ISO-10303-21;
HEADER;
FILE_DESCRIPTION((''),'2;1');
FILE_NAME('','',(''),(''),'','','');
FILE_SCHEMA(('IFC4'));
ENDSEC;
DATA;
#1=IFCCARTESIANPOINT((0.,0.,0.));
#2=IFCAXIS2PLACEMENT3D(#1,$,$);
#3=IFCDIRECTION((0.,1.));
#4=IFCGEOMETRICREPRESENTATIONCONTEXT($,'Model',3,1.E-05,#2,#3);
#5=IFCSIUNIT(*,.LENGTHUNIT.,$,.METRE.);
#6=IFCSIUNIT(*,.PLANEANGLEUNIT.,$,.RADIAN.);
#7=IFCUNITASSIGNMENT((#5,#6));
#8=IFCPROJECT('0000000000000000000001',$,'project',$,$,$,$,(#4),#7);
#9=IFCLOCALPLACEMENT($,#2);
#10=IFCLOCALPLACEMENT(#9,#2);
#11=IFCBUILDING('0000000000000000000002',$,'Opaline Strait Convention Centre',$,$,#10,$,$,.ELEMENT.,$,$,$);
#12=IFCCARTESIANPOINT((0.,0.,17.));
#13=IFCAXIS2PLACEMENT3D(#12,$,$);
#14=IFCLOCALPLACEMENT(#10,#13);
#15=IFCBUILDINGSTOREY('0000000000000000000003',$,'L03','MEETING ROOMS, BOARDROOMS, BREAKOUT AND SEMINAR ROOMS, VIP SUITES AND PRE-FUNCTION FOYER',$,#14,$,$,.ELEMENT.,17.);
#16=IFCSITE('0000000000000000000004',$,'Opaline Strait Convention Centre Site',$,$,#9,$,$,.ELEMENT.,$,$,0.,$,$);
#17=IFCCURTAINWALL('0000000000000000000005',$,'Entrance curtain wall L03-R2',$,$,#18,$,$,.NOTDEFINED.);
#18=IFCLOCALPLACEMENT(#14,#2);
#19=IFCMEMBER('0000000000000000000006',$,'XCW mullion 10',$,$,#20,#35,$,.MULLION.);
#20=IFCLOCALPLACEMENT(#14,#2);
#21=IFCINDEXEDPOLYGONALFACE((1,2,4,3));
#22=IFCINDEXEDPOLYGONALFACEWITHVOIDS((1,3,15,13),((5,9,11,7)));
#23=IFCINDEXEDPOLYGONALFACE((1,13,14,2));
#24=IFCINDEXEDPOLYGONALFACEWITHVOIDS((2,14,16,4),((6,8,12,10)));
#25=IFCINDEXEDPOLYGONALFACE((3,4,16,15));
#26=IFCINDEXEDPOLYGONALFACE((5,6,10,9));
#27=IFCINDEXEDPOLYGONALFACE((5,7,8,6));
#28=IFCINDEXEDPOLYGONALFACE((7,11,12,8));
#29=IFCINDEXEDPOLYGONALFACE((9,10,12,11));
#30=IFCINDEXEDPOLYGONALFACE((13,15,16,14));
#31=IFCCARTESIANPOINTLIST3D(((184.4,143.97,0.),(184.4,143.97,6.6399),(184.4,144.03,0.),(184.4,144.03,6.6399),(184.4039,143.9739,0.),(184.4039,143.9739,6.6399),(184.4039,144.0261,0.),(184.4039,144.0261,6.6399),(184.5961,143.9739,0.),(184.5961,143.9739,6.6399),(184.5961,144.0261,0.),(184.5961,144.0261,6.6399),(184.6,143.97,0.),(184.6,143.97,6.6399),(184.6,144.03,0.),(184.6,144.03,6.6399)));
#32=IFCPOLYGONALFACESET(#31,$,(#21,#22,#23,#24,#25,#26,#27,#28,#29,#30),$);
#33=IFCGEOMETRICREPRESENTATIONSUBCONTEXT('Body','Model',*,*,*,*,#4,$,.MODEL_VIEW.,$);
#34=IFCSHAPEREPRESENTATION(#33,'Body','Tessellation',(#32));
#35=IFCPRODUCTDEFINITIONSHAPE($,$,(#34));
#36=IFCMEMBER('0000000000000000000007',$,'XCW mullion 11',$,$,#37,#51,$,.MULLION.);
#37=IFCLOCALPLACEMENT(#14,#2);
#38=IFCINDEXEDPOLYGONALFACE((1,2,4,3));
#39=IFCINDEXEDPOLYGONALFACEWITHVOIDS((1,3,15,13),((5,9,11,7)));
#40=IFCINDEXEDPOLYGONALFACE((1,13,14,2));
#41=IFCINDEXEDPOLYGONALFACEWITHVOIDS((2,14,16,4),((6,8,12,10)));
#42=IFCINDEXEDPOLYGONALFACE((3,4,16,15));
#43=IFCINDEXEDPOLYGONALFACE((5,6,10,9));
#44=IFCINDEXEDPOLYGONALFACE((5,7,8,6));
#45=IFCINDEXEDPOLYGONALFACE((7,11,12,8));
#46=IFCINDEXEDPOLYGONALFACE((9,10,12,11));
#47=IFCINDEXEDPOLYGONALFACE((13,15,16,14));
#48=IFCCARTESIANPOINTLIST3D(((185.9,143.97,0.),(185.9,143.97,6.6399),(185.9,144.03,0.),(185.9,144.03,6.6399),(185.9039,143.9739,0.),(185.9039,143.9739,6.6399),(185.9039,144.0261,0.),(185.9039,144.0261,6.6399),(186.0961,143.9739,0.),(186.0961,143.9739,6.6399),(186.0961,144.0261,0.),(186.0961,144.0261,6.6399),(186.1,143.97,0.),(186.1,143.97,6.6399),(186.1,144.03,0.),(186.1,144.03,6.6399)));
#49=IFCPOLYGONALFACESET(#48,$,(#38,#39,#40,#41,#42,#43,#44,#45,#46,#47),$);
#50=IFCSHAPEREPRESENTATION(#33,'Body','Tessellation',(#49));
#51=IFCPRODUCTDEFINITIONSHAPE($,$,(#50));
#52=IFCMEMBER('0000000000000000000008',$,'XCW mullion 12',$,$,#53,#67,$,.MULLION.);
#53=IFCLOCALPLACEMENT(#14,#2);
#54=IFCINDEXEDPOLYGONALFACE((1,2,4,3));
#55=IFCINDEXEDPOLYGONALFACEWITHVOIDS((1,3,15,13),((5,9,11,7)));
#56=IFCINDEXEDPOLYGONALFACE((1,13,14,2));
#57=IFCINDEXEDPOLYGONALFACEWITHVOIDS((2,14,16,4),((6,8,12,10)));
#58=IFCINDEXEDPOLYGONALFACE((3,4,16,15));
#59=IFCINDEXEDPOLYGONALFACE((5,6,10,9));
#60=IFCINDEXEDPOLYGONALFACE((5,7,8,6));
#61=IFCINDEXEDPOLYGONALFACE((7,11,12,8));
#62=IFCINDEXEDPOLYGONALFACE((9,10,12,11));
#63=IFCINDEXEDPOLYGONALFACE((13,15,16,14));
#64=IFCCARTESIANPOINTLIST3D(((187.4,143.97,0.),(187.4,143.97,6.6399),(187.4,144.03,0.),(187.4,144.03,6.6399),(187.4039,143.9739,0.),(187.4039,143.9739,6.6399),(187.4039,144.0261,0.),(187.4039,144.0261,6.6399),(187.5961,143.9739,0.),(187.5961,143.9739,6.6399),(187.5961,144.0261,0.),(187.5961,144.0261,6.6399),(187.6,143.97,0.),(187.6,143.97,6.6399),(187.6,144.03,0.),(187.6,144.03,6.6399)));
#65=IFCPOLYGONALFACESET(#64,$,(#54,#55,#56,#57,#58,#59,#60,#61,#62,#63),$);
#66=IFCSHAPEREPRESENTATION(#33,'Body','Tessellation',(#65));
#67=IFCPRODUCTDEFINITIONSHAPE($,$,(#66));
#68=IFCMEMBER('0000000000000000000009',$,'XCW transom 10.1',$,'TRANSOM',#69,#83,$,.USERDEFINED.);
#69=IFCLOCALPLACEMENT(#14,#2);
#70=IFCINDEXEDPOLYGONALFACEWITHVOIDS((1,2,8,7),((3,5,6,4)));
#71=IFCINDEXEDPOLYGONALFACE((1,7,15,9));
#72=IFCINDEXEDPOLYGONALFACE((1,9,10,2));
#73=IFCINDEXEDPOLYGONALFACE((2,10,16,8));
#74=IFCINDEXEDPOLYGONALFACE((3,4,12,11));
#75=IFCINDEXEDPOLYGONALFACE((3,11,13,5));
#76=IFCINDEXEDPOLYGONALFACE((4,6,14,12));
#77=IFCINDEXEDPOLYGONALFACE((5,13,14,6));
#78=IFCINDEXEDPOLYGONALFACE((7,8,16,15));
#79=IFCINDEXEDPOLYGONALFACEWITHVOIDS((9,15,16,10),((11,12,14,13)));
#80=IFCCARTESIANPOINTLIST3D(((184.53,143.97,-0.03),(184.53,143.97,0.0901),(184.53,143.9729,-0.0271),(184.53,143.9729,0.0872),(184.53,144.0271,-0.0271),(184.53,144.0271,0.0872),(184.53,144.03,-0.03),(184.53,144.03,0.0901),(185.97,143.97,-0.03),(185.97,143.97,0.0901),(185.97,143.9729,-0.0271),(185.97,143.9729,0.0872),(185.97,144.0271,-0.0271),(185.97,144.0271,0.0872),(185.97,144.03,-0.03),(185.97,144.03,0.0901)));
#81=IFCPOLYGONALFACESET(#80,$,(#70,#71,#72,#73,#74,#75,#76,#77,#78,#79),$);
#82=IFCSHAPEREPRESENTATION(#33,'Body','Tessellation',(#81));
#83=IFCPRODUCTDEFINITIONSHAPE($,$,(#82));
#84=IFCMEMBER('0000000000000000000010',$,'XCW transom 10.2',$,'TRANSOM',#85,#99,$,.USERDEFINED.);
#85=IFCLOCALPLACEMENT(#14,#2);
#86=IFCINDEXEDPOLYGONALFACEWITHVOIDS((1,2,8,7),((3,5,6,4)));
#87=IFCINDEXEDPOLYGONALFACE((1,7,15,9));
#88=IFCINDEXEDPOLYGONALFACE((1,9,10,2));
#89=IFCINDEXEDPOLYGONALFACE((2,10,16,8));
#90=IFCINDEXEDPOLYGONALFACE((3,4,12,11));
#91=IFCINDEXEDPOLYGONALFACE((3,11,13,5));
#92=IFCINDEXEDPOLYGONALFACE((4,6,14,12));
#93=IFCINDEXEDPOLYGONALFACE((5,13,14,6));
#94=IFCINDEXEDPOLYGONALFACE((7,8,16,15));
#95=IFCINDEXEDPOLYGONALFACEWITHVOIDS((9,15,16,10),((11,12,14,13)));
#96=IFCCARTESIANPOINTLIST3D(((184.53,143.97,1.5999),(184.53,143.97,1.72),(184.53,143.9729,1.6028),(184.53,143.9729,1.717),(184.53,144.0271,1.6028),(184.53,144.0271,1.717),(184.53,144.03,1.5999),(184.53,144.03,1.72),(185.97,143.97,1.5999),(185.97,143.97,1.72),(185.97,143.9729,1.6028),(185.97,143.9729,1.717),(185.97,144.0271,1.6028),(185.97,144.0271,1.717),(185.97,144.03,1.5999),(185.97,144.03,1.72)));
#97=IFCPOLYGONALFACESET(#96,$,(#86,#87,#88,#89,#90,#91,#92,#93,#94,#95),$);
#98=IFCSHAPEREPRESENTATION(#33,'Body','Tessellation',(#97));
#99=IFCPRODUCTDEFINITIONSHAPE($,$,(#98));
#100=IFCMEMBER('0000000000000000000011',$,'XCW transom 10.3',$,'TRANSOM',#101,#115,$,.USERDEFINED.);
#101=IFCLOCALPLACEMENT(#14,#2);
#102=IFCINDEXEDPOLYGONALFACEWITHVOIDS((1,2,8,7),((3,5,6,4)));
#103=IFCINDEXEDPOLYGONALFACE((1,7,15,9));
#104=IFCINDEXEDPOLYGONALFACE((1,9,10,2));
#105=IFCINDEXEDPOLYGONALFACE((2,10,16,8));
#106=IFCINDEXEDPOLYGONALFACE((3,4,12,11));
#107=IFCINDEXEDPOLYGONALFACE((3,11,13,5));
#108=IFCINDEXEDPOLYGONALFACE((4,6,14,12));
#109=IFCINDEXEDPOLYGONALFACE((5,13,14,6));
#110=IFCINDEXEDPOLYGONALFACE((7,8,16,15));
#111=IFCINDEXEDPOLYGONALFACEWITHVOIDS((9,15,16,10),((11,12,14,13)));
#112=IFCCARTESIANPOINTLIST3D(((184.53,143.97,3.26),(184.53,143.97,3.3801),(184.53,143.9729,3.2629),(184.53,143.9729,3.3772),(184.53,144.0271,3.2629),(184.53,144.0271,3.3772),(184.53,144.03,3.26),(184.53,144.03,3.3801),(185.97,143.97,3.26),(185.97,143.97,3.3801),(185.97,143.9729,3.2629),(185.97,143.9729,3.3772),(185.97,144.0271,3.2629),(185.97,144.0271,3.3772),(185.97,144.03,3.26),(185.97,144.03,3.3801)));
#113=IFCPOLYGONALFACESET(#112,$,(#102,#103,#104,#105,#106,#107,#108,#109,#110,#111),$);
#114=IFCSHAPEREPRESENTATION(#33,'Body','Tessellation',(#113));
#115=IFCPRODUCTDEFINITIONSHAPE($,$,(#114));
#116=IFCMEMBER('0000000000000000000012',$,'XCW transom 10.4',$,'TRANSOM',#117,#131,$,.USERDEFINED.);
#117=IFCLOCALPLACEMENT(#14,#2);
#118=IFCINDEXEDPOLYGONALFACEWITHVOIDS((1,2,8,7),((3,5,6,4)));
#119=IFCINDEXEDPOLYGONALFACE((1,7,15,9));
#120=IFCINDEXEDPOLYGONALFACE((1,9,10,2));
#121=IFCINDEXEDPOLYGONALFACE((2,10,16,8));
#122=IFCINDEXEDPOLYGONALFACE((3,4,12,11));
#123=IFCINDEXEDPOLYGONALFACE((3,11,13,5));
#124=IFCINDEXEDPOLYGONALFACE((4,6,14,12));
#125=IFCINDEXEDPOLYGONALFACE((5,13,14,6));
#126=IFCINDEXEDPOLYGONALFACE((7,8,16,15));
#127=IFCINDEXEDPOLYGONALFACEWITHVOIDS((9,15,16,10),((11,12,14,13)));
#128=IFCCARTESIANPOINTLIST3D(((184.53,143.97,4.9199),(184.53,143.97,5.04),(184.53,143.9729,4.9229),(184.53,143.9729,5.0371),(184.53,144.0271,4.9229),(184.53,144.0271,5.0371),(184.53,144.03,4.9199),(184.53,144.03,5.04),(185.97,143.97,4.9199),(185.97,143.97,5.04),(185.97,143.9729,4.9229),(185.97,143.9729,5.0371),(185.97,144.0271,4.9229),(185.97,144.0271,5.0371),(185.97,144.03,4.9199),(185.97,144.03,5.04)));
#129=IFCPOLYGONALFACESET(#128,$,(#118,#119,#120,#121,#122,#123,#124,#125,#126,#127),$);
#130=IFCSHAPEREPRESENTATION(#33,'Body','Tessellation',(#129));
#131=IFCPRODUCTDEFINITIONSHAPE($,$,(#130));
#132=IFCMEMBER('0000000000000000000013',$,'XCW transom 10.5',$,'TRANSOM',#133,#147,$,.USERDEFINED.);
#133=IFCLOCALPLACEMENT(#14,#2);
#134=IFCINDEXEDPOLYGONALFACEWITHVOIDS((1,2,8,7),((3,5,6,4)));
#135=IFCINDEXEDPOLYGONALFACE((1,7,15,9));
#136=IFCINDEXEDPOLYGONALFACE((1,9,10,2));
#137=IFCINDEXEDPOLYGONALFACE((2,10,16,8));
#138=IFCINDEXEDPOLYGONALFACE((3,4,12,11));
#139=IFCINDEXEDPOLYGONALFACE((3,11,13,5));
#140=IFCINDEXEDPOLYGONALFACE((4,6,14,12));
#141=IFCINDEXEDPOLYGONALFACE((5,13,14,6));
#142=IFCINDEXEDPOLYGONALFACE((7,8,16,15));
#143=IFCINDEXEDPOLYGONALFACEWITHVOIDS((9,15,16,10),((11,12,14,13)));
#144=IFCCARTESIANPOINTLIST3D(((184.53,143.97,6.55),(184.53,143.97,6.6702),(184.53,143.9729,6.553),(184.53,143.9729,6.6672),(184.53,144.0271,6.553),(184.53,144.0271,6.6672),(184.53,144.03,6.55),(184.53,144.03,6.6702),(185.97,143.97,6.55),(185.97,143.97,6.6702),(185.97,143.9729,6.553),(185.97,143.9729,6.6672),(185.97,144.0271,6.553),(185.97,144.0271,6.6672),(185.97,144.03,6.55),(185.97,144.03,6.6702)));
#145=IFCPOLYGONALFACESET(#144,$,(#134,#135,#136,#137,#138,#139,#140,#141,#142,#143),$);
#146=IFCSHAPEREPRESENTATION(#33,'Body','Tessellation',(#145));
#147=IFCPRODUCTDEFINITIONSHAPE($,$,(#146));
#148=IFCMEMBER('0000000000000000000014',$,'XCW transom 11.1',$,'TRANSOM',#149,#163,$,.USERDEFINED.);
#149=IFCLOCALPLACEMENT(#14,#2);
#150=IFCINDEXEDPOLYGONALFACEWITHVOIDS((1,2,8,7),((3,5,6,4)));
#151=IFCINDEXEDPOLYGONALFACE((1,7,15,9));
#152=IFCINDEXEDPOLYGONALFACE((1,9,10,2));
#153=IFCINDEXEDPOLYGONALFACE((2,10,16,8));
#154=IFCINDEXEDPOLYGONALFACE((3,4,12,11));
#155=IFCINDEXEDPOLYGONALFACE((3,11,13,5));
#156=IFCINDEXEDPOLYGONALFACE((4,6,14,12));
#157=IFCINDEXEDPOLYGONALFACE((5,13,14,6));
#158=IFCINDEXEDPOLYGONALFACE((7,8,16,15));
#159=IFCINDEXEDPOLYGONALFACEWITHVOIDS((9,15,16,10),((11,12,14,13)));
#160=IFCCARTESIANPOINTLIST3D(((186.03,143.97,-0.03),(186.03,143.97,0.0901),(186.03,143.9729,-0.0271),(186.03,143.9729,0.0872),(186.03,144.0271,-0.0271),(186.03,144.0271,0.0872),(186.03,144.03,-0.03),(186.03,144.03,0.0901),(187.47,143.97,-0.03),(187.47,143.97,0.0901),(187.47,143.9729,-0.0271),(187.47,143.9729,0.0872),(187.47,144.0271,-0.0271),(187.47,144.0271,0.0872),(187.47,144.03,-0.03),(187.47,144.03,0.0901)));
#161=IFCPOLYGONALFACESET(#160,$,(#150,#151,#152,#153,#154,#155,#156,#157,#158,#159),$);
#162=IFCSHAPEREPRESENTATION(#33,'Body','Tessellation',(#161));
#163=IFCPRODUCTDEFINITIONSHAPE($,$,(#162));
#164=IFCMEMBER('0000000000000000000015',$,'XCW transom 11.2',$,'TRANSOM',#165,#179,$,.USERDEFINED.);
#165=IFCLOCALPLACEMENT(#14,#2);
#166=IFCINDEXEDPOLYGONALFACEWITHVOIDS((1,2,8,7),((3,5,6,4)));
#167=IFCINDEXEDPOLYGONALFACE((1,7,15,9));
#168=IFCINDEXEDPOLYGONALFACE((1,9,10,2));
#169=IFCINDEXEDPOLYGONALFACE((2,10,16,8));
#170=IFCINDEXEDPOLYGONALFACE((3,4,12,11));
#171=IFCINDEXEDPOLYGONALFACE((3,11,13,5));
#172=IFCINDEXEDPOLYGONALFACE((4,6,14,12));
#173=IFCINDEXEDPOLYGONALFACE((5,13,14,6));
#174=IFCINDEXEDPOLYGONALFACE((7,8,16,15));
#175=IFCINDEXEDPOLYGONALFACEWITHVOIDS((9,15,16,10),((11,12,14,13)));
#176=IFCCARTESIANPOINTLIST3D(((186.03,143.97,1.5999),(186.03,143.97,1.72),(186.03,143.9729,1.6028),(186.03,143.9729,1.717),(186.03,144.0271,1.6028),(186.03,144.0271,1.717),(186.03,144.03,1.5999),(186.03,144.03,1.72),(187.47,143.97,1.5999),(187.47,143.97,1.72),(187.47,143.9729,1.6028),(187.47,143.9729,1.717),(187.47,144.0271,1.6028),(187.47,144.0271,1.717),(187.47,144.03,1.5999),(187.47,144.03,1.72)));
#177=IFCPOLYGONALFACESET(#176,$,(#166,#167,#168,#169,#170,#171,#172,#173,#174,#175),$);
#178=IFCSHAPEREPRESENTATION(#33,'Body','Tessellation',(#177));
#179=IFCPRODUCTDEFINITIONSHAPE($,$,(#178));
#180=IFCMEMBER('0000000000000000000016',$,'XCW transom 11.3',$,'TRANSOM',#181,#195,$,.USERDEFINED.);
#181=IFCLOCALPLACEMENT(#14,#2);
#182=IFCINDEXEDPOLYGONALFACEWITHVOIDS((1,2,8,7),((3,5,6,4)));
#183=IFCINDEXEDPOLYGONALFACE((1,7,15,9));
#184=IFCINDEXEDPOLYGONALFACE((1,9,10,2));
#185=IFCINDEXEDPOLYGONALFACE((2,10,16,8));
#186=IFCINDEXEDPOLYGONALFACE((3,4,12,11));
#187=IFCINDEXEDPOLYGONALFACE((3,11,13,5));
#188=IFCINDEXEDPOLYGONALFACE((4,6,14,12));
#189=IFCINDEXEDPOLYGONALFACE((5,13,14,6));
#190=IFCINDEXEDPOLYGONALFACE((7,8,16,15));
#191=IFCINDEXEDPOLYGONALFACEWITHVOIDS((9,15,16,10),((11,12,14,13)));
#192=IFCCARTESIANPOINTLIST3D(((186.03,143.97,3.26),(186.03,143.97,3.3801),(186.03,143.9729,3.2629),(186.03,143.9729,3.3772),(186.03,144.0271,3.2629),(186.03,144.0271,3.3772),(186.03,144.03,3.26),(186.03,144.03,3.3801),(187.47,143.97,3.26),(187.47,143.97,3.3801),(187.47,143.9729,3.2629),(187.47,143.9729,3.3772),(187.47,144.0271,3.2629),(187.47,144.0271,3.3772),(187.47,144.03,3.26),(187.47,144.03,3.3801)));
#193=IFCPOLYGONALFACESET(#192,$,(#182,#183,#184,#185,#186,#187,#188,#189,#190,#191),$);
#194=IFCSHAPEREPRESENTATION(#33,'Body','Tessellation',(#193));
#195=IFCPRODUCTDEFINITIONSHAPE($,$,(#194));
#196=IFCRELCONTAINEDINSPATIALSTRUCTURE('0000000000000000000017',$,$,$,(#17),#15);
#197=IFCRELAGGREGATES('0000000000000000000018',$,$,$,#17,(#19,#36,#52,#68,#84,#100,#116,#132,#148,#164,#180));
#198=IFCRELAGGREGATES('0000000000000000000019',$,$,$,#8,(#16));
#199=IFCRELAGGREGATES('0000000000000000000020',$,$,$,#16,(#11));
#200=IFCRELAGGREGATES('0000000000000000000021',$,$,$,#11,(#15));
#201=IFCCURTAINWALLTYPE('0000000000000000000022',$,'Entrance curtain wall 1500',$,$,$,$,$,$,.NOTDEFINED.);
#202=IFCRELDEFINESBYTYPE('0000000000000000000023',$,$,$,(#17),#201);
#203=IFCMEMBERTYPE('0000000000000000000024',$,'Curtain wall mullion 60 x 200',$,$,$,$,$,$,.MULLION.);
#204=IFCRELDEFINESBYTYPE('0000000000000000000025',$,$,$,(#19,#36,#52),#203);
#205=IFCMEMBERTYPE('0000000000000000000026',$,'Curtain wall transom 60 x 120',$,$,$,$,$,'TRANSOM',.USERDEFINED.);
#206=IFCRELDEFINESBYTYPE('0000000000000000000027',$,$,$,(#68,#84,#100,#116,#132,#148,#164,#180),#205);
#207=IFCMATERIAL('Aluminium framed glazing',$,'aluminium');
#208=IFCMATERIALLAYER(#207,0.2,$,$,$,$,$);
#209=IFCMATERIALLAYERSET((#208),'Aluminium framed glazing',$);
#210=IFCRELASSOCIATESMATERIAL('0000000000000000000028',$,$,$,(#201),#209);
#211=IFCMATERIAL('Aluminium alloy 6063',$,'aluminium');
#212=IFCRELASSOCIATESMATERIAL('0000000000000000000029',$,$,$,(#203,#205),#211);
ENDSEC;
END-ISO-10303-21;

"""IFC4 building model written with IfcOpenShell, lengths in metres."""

from ifc_helpers import new_model, si_unit, direction, frame, origin, origin_2d, place, context, subcontext, project, spatial, hollow_rectangle, extrude, material, layer, layer_set, material_profile, profile_set, type_object, element, aggregate, save


model = new_model("IFC4")

# Units and contexts
model_context = context("Model", 3, precision=1e-05, world=origin(), true_north=direction((0.0, 1.0)))
body_context = subcontext(model_context, "Body", "Model", "MODEL_VIEW")
ifc_project = project(units=[si_unit("LENGTHUNIT", "METRE"), si_unit("PLANEANGLEUNIT", "RADIAN")], contexts=[model_context])

# Site, building, storey
site_placement = place(None, origin())
site = spatial("IfcSite", under=ifc_project, at=site_placement, Name="Opaline Strait Convention Centre Site", CompositionType="ELEMENT", RefElevation=0.0)
building_placement = place(site_placement, origin())
building = spatial("IfcBuilding", under=site, at=building_placement, Name="Opaline Strait Convention Centre", CompositionType="ELEMENT")
storey_placement = place(building_placement, frame((0.0, 0.0, 17.0)))
storey = spatial("IfcBuildingStorey", under=building, at=storey_placement, Name="L03", Description="MEETING ROOMS, BOARDROOMS, BREAKOUT AND SEMINAR ROOMS, VIP SUITES AND PRE-FUNCTION FOYER", CompositionType="ELEMENT", Elevation=17.0)

# Curtain wall, members
ifc_material_1 = material(Name="Aluminium framed glazing", Category="aluminium")
ifc_layer_1 = layer(ifc_material_1, 0.2)
ifc_layer_set_1 = layer_set([ifc_layer_1], Name="Aluminium framed glazing")
curtain_wall_type = type_object("IfcCurtainWallType", Name="Entrance curtain wall 1500", PredefinedType="NOTDEFINED", material=ifc_layer_set_1)
curtain_wall_placement = place(storey_placement, origin())
curtain_wall = element("IfcCurtainWall", 1, at=curtain_wall_placement, inside=storey, type_object=curtain_wall_type, Name="Entrance curtain wall L03-R2", PredefinedType="NOTDEFINED")
ifc_material_2 = material(Name="Aluminium alloy 6063", Category="aluminium")
ifc_material_profile_1 = material_profile(ifc_material_2, hollow_rectangle(XDim=0.0601, YDim=0.2, WallThickness=0.0039, at=origin_2d()), Name="MULLION 60x200x4")
ifc_profile_set_1 = profile_set([ifc_material_profile_1], Name="Aluminium alloy 6063")
member_type_1 = type_object("IfcMemberType", Name="Curtain wall mullion 60 x 200", PredefinedType="MULLION", material=ifc_profile_set_1)
member_1_placement = place(storey_placement, frame((184.5, 144.0, 0.0), z_axis=(0.0, 0.0, 1.0), x_axis=(0.0, 1.0, 0.0)))
member_1 = element("IfcMember", 2, at=member_1_placement, type_object=member_type_1, Name="XCW mullion 10", PredefinedType="MULLION", context=body_context, shape_type="SweptSolid", body=[
    extrude(hollow_rectangle(XDim=0.0601, YDim=0.2, WallThickness=0.0039, at=origin_2d()), origin(), (0.0, 0.0, 1.0), 6.6399),
])
member_2_placement = place(storey_placement, frame((186.0, 144.0, 0.0), z_axis=(0.0, 0.0, 1.0), x_axis=(0.0, 1.0, 0.0)))
member_2 = element("IfcMember", 3, at=member_2_placement, type_object=member_type_1, Name="XCW mullion 11", PredefinedType="MULLION", context=body_context, shape_type="SweptSolid", body=[
    extrude(hollow_rectangle(XDim=0.0601, YDim=0.2, WallThickness=0.0039, at=origin_2d()), origin(), (0.0, 0.0, 1.0), 6.6399),
])
member_3_placement = place(storey_placement, frame((187.5, 144.0, 0.0), z_axis=(0.0, 0.0, 1.0), x_axis=(0.0, 1.0, 0.0)))
member_3 = element("IfcMember", 4, at=member_3_placement, type_object=member_type_1, Name="XCW mullion 12", PredefinedType="MULLION", context=body_context, shape_type="SweptSolid", body=[
    extrude(hollow_rectangle(XDim=0.0601, YDim=0.2, WallThickness=0.0039, at=origin_2d()), origin(), (0.0, 0.0, 1.0), 6.6399),
])
ifc_material_profile_2 = material_profile(ifc_material_2, hollow_rectangle(XDim=0.0601, YDim=0.1201, WallThickness=0.0029, at=origin_2d()), Name="TRANSOM 60x120x3")
ifc_profile_set_2 = profile_set([ifc_material_profile_2], Name="Aluminium alloy 6063")
member_type_2 = type_object("IfcMemberType", Name="Curtain wall transom 60 x 120", ElementType="TRANSOM", PredefinedType="USERDEFINED", material=ifc_profile_set_2)
member_4_placement = place(storey_placement, frame((184.53, 144.0, 0.03), z_axis=(1.0, 0.0, 0.0), x_axis=(0.0, 1.0, 0.0)))
member_4 = element("IfcMember", 5, at=member_4_placement, type_object=member_type_2, Name="XCW transom 10.1", ObjectType="TRANSOM", PredefinedType="USERDEFINED", context=body_context, shape_type="SweptSolid", body=[
    extrude(hollow_rectangle(XDim=0.0601, YDim=0.1201, WallThickness=0.0029, at=origin_2d()), origin(), (0.0, 0.0, 1.0), 1.4399),
])
member_5_placement = place(storey_placement, frame((184.53, 144.0, 1.6599), z_axis=(1.0, 0.0, 0.0), x_axis=(0.0, 1.0, 0.0)))
member_5 = element("IfcMember", 6, at=member_5_placement, type_object=member_type_2, Name="XCW transom 10.2", ObjectType="TRANSOM", PredefinedType="USERDEFINED", context=body_context, shape_type="SweptSolid", body=[
    extrude(hollow_rectangle(XDim=0.0601, YDim=0.1201, WallThickness=0.0029, at=origin_2d()), origin(), (0.0, 0.0, 1.0), 1.4399),
])
member_6_placement = place(storey_placement, frame((184.53, 144.0, 3.3201), z_axis=(1.0, 0.0, 0.0), x_axis=(0.0, 1.0, 0.0)))
member_6 = element("IfcMember", 7, at=member_6_placement, type_object=member_type_2, Name="XCW transom 10.3", ObjectType="TRANSOM", PredefinedType="USERDEFINED", context=body_context, shape_type="SweptSolid", body=[
    extrude(hollow_rectangle(XDim=0.0601, YDim=0.1201, WallThickness=0.0029, at=origin_2d()), origin(), (0.0, 0.0, 1.0), 1.4399),
])
member_7_placement = place(storey_placement, frame((184.53, 144.0, 4.98), z_axis=(1.0, 0.0, 0.0), x_axis=(0.0, 1.0, 0.0)))
member_7 = element("IfcMember", 8, at=member_7_placement, type_object=member_type_2, Name="XCW transom 10.4", ObjectType="TRANSOM", PredefinedType="USERDEFINED", context=body_context, shape_type="SweptSolid", body=[
    extrude(hollow_rectangle(XDim=0.0601, YDim=0.1201, WallThickness=0.0029, at=origin_2d()), origin(), (0.0, 0.0, 1.0), 1.4399),
])
member_8_placement = place(storey_placement, frame((184.53, 144.0, 6.6101), z_axis=(1.0, 0.0, 0.0), x_axis=(0.0, 1.0, 0.0)))
member_8 = element("IfcMember", 9, at=member_8_placement, type_object=member_type_2, Name="XCW transom 10.5", ObjectType="TRANSOM", PredefinedType="USERDEFINED", context=body_context, shape_type="SweptSolid", body=[
    extrude(hollow_rectangle(XDim=0.0601, YDim=0.1201, WallThickness=0.0029, at=origin_2d()), origin(), (0.0, 0.0, 1.0), 1.4399),
])
member_9_placement = place(storey_placement, frame((186.03, 144.0, 0.03), z_axis=(1.0, 0.0, 0.0), x_axis=(0.0, 1.0, 0.0)))
member_9 = element("IfcMember", 10, at=member_9_placement, type_object=member_type_2, Name="XCW transom 11.1", ObjectType="TRANSOM", PredefinedType="USERDEFINED", context=body_context, shape_type="SweptSolid", body=[
    extrude(hollow_rectangle(XDim=0.0601, YDim=0.1201, WallThickness=0.0029, at=origin_2d()), origin(), (0.0, 0.0, 1.0), 1.4399),
])
member_10_placement = place(storey_placement, frame((186.03, 144.0, 1.6599), z_axis=(1.0, 0.0, 0.0), x_axis=(0.0, 1.0, 0.0)))
member_10 = element("IfcMember", 11, at=member_10_placement, type_object=member_type_2, Name="XCW transom 11.2", ObjectType="TRANSOM", PredefinedType="USERDEFINED", context=body_context, shape_type="SweptSolid", body=[
    extrude(hollow_rectangle(XDim=0.0601, YDim=0.1201, WallThickness=0.0029, at=origin_2d()), origin(), (0.0, 0.0, 1.0), 1.4399),
])
member_11_placement = place(storey_placement, frame((186.03, 144.0, 3.3201), z_axis=(1.0, 0.0, 0.0), x_axis=(0.0, 1.0, 0.0)))
member_11 = element("IfcMember", 12, at=member_11_placement, type_object=member_type_2, Name="XCW transom 11.3", ObjectType="TRANSOM", PredefinedType="USERDEFINED", context=body_context, shape_type="SweptSolid", body=[
    extrude(hollow_rectangle(XDim=0.0601, YDim=0.1201, WallThickness=0.0029, at=origin_2d()), origin(), (0.0, 0.0, 1.0), 1.4399),
])
aggregate(curtain_wall, [member_1, member_2, member_3, member_4, member_5, member_6, member_7, member_8, member_9, member_10, member_11])

save(model, "model.ifc")
